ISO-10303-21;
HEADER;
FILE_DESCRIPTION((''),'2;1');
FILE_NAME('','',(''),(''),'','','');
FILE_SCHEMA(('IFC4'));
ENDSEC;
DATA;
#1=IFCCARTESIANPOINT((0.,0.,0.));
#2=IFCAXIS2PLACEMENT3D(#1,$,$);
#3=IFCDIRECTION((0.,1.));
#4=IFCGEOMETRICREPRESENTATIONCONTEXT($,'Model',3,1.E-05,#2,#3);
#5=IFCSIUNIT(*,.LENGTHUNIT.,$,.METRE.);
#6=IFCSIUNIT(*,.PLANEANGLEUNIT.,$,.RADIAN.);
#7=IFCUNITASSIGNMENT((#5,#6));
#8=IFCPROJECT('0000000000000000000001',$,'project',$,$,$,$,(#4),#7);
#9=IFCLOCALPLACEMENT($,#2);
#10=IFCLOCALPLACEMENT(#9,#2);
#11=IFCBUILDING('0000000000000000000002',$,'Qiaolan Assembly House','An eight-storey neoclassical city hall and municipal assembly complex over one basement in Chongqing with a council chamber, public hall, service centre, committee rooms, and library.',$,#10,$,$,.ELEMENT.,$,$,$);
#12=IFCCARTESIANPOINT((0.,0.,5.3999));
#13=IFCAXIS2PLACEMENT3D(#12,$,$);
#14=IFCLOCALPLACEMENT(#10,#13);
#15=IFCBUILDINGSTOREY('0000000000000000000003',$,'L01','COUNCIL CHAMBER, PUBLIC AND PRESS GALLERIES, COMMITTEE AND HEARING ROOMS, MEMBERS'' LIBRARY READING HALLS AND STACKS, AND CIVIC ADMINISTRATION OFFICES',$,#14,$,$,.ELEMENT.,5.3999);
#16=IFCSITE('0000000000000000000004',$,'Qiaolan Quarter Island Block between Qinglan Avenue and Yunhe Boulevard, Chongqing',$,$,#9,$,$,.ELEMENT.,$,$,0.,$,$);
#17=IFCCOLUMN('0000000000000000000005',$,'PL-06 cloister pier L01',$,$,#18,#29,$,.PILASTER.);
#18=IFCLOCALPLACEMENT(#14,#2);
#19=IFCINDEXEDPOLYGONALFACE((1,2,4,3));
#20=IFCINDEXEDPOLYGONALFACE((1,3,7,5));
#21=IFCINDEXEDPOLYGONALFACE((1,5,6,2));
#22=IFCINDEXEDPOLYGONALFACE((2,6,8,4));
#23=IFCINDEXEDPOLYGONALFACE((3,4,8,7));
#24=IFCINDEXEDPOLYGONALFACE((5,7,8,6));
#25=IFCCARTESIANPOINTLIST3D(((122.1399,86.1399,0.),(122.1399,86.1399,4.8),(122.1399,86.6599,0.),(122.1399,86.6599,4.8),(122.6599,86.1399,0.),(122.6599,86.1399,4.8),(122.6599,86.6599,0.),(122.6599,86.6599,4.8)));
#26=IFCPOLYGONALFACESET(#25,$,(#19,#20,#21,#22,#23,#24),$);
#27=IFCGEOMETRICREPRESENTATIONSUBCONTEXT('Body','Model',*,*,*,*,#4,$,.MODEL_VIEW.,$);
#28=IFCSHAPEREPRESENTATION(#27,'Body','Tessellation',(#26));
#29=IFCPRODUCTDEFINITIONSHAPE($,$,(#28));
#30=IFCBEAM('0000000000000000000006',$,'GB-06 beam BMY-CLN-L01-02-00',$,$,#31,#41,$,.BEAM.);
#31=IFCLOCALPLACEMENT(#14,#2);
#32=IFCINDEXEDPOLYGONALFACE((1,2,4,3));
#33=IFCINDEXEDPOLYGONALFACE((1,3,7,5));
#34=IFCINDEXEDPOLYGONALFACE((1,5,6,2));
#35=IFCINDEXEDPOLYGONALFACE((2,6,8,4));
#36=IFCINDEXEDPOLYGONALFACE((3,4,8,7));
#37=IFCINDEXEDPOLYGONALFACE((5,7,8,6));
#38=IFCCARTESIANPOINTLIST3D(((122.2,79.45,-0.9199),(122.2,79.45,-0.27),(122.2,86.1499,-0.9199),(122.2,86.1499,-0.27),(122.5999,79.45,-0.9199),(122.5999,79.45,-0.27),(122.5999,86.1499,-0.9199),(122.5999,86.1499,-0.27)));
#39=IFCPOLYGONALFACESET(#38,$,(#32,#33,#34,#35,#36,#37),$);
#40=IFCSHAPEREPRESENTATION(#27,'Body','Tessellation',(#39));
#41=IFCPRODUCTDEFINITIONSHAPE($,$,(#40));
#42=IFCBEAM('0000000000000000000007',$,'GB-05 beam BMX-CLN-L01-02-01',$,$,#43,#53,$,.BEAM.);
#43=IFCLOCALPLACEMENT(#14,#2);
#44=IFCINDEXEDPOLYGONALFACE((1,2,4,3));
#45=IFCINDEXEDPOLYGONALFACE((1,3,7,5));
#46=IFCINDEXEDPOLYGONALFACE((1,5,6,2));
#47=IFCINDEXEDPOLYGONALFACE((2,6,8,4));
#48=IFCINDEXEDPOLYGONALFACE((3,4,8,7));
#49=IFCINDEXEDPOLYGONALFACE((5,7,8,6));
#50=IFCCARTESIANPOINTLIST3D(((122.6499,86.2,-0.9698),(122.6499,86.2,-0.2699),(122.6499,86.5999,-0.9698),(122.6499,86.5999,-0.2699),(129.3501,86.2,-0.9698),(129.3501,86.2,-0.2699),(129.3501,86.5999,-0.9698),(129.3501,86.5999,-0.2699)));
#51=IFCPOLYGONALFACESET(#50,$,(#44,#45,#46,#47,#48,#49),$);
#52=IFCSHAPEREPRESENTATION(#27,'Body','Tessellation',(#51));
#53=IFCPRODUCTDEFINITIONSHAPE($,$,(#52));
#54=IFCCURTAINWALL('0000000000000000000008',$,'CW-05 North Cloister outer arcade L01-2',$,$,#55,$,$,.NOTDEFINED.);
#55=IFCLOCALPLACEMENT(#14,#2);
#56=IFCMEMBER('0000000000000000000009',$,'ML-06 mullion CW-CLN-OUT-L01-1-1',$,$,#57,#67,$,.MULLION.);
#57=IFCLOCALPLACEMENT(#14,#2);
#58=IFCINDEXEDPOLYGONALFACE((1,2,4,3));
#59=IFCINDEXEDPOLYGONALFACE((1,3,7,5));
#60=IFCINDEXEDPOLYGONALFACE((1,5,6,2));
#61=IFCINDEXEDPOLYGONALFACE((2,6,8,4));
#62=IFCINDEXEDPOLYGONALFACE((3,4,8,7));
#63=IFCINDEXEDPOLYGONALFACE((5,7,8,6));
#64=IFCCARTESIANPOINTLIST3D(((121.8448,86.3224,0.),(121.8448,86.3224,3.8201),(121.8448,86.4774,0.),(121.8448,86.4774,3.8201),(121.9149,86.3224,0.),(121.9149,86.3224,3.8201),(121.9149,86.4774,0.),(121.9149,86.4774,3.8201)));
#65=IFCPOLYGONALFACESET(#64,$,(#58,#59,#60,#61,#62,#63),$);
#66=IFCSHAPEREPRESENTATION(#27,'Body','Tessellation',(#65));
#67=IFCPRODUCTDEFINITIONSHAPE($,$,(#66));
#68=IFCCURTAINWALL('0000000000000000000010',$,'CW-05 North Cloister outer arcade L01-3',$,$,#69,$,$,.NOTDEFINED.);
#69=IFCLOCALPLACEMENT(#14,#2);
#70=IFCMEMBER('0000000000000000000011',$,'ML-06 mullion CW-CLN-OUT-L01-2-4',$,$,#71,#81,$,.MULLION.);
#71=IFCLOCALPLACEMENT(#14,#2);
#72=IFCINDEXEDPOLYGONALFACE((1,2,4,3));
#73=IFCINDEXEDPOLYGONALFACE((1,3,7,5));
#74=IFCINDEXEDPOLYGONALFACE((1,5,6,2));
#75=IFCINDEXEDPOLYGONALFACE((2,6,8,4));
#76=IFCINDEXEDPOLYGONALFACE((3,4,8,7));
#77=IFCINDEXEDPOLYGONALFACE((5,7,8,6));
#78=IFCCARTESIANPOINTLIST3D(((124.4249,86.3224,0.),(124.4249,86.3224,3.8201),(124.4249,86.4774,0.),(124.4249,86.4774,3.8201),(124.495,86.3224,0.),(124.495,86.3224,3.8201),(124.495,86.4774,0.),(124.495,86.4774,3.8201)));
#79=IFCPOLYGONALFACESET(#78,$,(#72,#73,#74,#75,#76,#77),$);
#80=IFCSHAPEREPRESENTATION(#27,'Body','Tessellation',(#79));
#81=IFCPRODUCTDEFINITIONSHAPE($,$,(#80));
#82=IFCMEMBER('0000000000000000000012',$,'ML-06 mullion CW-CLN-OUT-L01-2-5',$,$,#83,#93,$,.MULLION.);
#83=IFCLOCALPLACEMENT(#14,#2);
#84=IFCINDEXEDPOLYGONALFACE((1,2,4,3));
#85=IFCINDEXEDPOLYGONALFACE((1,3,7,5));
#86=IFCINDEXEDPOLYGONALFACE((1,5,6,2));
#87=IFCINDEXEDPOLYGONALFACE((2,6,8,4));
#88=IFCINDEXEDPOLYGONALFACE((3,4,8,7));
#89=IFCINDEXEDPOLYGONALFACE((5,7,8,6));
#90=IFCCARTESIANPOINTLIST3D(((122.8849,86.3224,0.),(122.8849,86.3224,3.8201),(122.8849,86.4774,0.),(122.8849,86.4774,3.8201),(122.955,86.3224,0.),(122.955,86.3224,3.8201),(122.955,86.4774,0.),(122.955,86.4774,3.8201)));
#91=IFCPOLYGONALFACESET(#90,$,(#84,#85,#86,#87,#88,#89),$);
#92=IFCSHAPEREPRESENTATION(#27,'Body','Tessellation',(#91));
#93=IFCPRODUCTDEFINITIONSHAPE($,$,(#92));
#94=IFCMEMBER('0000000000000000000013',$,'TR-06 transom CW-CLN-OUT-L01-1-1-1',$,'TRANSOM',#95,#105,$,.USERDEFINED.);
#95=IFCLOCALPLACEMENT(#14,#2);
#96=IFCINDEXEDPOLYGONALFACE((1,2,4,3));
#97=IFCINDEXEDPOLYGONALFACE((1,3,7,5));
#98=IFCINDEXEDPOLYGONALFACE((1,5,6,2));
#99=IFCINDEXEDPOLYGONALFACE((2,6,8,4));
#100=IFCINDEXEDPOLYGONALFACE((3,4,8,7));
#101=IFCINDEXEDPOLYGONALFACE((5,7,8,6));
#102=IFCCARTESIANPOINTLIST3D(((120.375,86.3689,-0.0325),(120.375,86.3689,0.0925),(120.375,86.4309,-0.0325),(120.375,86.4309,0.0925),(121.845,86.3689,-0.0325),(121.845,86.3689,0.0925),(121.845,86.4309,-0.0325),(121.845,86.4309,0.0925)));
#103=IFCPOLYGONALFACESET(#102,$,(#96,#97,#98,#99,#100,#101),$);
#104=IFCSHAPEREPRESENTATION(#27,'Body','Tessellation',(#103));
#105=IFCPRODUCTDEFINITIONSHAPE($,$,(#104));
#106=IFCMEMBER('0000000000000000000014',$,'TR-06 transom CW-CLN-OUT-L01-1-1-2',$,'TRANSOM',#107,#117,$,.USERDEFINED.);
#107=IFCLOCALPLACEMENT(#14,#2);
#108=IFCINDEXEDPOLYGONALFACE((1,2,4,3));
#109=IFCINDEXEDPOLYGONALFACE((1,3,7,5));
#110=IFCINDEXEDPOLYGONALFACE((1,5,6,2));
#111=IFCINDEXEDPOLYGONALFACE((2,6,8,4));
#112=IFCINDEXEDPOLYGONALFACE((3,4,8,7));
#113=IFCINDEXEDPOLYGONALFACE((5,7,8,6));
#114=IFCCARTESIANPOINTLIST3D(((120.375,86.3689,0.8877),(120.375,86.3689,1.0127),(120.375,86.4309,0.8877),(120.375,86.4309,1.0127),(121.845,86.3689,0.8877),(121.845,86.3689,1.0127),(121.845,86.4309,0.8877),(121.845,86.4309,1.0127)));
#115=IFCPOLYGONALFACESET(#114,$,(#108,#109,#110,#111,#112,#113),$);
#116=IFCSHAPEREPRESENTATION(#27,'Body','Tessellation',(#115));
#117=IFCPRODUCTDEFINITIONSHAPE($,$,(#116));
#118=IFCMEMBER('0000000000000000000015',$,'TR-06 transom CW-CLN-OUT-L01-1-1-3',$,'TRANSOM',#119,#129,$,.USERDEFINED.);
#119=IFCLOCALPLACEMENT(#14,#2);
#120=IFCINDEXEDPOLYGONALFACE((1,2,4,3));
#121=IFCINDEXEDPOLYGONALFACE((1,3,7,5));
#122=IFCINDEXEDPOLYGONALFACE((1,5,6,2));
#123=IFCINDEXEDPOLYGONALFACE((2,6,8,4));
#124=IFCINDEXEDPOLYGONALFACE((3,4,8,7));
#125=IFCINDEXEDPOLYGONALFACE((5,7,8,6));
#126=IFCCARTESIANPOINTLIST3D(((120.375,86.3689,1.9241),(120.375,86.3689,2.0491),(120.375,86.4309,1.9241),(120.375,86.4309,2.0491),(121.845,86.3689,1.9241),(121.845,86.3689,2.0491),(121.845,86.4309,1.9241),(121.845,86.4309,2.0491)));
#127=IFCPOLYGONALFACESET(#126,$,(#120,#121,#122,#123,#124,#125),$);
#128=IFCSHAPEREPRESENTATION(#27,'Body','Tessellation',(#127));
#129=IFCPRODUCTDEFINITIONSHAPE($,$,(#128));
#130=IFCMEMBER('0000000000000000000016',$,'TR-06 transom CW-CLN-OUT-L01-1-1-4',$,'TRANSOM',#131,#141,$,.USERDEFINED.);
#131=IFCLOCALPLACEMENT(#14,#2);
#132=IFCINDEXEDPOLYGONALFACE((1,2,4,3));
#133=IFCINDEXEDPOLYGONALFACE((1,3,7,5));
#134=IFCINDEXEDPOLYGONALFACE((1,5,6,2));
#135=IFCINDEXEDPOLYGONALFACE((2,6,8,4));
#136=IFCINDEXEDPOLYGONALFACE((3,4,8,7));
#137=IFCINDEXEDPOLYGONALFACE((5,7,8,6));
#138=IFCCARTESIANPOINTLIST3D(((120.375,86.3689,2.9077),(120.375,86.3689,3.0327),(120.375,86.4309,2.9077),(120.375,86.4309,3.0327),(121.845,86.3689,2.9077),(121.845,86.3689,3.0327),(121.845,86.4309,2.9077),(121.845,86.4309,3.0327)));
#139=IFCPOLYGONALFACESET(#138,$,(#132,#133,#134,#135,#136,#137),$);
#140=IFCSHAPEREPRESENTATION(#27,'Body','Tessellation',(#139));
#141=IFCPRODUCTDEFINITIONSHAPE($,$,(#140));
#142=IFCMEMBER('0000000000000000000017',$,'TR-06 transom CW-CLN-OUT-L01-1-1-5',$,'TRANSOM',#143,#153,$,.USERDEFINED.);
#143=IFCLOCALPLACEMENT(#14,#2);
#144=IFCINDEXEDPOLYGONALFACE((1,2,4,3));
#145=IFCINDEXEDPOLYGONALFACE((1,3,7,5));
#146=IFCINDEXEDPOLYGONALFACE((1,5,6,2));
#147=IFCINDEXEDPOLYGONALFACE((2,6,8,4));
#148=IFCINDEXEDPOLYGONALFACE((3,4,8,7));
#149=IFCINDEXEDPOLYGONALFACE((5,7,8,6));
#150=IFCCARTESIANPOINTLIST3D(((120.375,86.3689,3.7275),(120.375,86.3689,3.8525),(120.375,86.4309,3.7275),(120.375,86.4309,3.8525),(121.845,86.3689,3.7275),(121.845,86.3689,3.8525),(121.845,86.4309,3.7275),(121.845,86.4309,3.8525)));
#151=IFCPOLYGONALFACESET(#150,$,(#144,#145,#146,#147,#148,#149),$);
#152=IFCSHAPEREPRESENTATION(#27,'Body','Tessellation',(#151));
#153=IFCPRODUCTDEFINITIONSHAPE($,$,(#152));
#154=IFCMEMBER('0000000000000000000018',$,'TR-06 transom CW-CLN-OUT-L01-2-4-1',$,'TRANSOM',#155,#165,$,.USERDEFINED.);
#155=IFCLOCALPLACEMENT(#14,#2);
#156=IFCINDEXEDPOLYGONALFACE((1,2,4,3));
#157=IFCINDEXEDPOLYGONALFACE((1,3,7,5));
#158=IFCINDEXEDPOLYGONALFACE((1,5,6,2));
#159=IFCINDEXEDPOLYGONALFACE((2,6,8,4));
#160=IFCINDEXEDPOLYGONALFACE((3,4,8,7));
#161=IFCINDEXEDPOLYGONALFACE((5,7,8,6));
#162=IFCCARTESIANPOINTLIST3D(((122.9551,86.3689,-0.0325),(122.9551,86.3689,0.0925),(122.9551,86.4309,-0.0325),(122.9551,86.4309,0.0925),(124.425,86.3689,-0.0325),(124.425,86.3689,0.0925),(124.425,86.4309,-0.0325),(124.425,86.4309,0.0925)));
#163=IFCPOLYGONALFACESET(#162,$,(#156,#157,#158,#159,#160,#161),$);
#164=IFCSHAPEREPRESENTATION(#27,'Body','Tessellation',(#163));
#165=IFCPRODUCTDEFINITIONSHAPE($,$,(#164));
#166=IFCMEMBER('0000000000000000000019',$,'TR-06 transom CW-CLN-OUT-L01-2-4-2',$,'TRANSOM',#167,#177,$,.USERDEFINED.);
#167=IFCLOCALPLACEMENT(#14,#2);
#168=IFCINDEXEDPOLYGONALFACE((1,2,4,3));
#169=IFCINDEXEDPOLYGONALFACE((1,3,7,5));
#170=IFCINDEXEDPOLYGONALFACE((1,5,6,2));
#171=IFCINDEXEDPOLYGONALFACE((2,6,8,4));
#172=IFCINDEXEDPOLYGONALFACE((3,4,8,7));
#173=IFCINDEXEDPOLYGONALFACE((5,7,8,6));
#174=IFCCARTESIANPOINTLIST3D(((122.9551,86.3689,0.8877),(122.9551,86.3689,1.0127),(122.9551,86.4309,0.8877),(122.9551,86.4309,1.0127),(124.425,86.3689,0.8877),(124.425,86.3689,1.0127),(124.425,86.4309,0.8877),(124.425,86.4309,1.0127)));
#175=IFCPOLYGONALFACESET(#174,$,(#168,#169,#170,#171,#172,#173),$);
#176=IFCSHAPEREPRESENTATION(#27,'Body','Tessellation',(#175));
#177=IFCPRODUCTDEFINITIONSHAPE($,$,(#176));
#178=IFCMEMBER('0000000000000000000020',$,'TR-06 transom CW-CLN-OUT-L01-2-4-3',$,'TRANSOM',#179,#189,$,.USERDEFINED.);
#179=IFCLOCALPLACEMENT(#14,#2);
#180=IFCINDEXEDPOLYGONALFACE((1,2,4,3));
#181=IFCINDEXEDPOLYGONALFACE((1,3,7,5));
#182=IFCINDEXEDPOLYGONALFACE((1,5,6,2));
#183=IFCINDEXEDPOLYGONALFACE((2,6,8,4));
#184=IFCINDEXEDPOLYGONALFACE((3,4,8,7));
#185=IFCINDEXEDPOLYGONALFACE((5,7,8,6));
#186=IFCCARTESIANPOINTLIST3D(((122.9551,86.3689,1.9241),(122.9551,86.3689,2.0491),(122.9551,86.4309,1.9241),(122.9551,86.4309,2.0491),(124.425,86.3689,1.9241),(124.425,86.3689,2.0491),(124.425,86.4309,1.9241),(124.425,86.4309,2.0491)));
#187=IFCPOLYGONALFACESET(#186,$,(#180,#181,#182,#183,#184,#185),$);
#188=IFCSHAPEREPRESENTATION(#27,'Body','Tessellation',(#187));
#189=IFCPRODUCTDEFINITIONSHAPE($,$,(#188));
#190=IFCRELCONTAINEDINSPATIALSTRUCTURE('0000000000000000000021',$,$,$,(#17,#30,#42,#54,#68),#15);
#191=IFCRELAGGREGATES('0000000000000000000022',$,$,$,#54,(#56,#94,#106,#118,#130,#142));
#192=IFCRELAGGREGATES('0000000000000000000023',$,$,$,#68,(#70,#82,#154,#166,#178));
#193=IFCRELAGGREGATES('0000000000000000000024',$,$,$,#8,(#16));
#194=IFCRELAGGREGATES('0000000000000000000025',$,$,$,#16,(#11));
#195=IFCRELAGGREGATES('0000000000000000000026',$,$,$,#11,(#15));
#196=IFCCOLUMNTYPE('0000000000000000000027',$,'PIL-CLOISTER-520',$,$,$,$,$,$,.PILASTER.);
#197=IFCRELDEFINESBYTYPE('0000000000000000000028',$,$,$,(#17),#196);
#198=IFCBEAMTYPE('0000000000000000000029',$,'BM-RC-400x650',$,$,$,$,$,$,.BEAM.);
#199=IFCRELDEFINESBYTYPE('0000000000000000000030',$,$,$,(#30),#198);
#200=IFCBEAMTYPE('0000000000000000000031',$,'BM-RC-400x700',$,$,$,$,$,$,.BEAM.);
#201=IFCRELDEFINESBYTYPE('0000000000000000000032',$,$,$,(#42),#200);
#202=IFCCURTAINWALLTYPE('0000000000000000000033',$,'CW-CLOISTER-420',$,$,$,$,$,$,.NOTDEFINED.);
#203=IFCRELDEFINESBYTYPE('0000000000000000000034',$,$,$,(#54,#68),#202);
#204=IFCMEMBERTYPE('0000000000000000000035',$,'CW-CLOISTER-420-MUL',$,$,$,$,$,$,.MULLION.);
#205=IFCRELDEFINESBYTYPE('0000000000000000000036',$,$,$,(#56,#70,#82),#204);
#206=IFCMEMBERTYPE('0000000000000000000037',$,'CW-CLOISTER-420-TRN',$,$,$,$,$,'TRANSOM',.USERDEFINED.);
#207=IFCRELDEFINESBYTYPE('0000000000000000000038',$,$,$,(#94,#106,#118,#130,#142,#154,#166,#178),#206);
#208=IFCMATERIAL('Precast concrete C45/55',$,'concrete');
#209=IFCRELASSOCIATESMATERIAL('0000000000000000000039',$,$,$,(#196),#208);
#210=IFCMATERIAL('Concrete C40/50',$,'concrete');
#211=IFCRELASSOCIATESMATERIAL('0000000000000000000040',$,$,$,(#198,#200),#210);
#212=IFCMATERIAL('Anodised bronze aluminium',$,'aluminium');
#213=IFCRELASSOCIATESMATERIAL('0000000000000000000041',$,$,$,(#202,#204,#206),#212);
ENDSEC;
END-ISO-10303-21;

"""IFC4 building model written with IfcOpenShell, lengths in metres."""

from ifc_helpers import new_model, si_unit, direction, frame, origin, origin_2d, place, context, subcontext, project, spatial, rectangle, extrude, material, material_profile, profile_set, type_object, element, aggregate, save


model = new_model("IFC4")

# Units and contexts
model_context = context("Model", 3, precision=1e-05, world=origin(), true_north=direction((0.0, 1.0)))
body_context = subcontext(model_context, "Body", "Model", "MODEL_VIEW")
ifc_project = project(units=[si_unit("LENGTHUNIT", "METRE"), si_unit("PLANEANGLEUNIT", "RADIAN")], contexts=[model_context])

# Site, building, storey
site_placement = place(None, origin())
site = spatial("IfcSite", under=ifc_project, at=site_placement, Name="Qiaolan Quarter Island Block between Qinglan Avenue and Yunhe Boulevard, Chongqing", CompositionType="ELEMENT", RefElevation=0.0)
building_placement = place(site_placement, origin())
building = spatial("IfcBuilding", under=site, at=building_placement, Name="Qiaolan Assembly House", Description="An eight-storey neoclassical city hall and municipal assembly complex over one basement in Chongqing with a council chamber, public hall, service centre, committee rooms, and library.", CompositionType="ELEMENT")
storey_placement = place(building_placement, frame((0.0, 0.0, 5.3999)))
storey = spatial("IfcBuildingStorey", under=building, at=storey_placement, Name="L01", Description="COUNCIL CHAMBER, PUBLIC AND PRESS GALLERIES, COMMITTEE AND HEARING ROOMS, MEMBERS' LIBRARY READING HALLS AND STACKS, AND CIVIC ADMINISTRATION OFFICES", CompositionType="ELEMENT", Elevation=5.3999)

# Column
ifc_material_1 = material(Name="Precast concrete C45/55", Category="concrete")
ifc_material_profile_1 = material_profile(ifc_material_1, rectangle(XDim=0.52, YDim=0.52, at=origin_2d()), Name="PIL 520x520")
ifc_profile_set_1 = profile_set([ifc_material_profile_1], Name="Precast concrete C45/55")
column_type = type_object("IfcColumnType", Name="PIL-CLOISTER-520", PredefinedType="PILASTER", material=ifc_profile_set_1)
column_placement = place(storey_placement, frame((122.3999, 86.3999, 0.0), z_axis=(0.0, 0.0, 1.0), x_axis=(1.0, 0.0, 0.0)))
element("IfcColumn", 1, at=column_placement, inside=storey, type_object=column_type, Name="PL-06 cloister pier L01", PredefinedType="PILASTER", context=body_context, shape_type="SweptSolid", body=[
    extrude(rectangle(XDim=0.52, YDim=0.52, at=origin_2d()), origin(), (0.0, 0.0, 1.0), 4.8),
])

# Beams
ifc_material_2 = material(Name="Concrete C40/50", Category="concrete")
ifc_material_profile_2 = material_profile(ifc_material_2, rectangle(XDim=0.3999, YDim=0.6499, at=origin_2d()), Name="RCB 400x650")
ifc_profile_set_2 = profile_set([ifc_material_profile_2], Name="Concrete C40/50")
beam_type_1 = type_object("IfcBeamType", Name="BM-RC-400x650", PredefinedType="BEAM", material=ifc_profile_set_2)
beam_1_placement = place(storey_placement, frame((122.3999, 79.45, -0.595), z_axis=(0.0, 1.0, 0.0), x_axis=(-1.0, 0.0, 0.0)))
element("IfcBeam", 2, at=beam_1_placement, inside=storey, type_object=beam_type_1, Name="GB-06 beam BMY-CLN-L01-02-00", PredefinedType="BEAM", context=body_context, shape_type="SweptSolid", body=[
    extrude(rectangle(XDim=0.3999, YDim=0.6499, at=origin_2d()), origin(), (0.0, 0.0, 1.0), 6.7),
])
ifc_material_profile_3 = material_profile(ifc_material_2, rectangle(XDim=0.3999, YDim=0.7, at=origin_2d()), Name="RCB 400x700")
ifc_profile_set_3 = profile_set([ifc_material_profile_3], Name="Concrete C40/50")
beam_type_2 = type_object("IfcBeamType", Name="BM-RC-400x700", PredefinedType="BEAM", material=ifc_profile_set_3)
beam_2_placement = place(storey_placement, frame((122.6499, 86.3999, -0.6199), z_axis=(1.0, 0.0, 0.0), x_axis=(0.0, 1.0, 0.0)))
element("IfcBeam", 3, at=beam_2_placement, inside=storey, type_object=beam_type_2, Name="GB-05 beam BMX-CLN-L01-02-01", PredefinedType="BEAM", context=body_context, shape_type="SweptSolid", body=[
    extrude(rectangle(XDim=0.3999, YDim=0.7, at=origin_2d()), origin(), (0.0, 0.0, 1.0), 6.7002),
])

# Curtain wall, member
ifc_material_3 = material(Name="Anodised bronze aluminium", Category="aluminium")
curtain_wall_type = type_object("IfcCurtainWallType", Name="CW-CLOISTER-420", PredefinedType="NOTDEFINED", material=ifc_material_3)
curtain_wall_1_placement = place(storey_placement, origin())
curtain_wall_1 = element("IfcCurtainWall", 4, at=curtain_wall_1_placement, inside=storey, type_object=curtain_wall_type, Name="CW-05 North Cloister outer arcade L01-2", PredefinedType="NOTDEFINED")
ifc_material_profile_4 = material_profile(ifc_material_3, rectangle(XDim=0.0701, YDim=0.155, at=origin_2d()), Name="MUL 70x155")
ifc_profile_set_4 = profile_set([ifc_material_profile_4], Name="Anodised bronze aluminium")
member_type_1 = type_object("IfcMemberType", Name="CW-CLOISTER-420-MUL", PredefinedType="MULLION", material=ifc_profile_set_4)
member_1_placement = place(storey_placement, frame((121.8799, 86.3999, 0.0), z_axis=(0.0, 0.0, 1.0), x_axis=(-1.0, 0.0, 0.0)))
member_1 = element("IfcMember", 5, at=member_1_placement, type_object=member_type_1, Name="ML-06 mullion CW-CLN-OUT-L01-1-1", PredefinedType="MULLION", context=body_context, shape_type="SweptSolid", body=[
    extrude(rectangle(XDim=0.0701, YDim=0.155, at=origin_2d()), origin(), (0.0, 0.0, 1.0), 3.8201),
])

# Curtain wall, members
curtain_wall_2_placement = place(storey_placement, origin())
curtain_wall_2 = element("IfcCurtainWall", 6, at=curtain_wall_2_placement, inside=storey, type_object=curtain_wall_type, Name="CW-05 North Cloister outer arcade L01-3", PredefinedType="NOTDEFINED")
member_2_placement = place(storey_placement, frame((124.46, 86.3999, 0.0), z_axis=(0.0, 0.0, 1.0), x_axis=(-1.0, 0.0, 0.0)))
member_2 = element("IfcMember", 7, at=member_2_placement, type_object=member_type_1, Name="ML-06 mullion CW-CLN-OUT-L01-2-4", PredefinedType="MULLION", context=body_context, shape_type="SweptSolid", body=[
    extrude(rectangle(XDim=0.0701, YDim=0.155, at=origin_2d()), origin(), (0.0, 0.0, 1.0), 3.8201),
])
member_3_placement = place(storey_placement, frame((122.9199, 86.3999, 0.0), z_axis=(0.0, 0.0, 1.0), x_axis=(-1.0, 0.0, 0.0)))
member_3 = element("IfcMember", 8, at=member_3_placement, type_object=member_type_1, Name="ML-06 mullion CW-CLN-OUT-L01-2-5", PredefinedType="MULLION", context=body_context, shape_type="SweptSolid", body=[
    extrude(rectangle(XDim=0.0701, YDim=0.155, at=origin_2d()), origin(), (0.0, 0.0, 1.0), 3.8201),
])

# Members
ifc_material_profile_5 = material_profile(ifc_material_3, rectangle(XDim=0.062, YDim=0.125, at=origin_2d()), Name="TRN 62x125")
ifc_profile_set_5 = profile_set([ifc_material_profile_5], Name="Anodised bronze aluminium")
member_type_2 = type_object("IfcMemberType", Name="CW-CLOISTER-420-TRN", ElementType="TRANSOM", PredefinedType="USERDEFINED", material=ifc_profile_set_5)
member_4_placement = place(storey_placement, frame((121.845, 86.3999, 0.03), z_axis=(-1.0, 0.0, 0.0), x_axis=(0.0, -1.0, 0.0)))
member_4 = element("IfcMember", 9, at=member_4_placement, type_object=member_type_2, Name="TR-06 transom CW-CLN-OUT-L01-1-1-1", ObjectType="TRANSOM", PredefinedType="USERDEFINED", context=body_context, shape_type="SweptSolid", body=[
    extrude(rectangle(XDim=0.062, YDim=0.125, at=origin_2d()), origin(), (0.0, 0.0, 1.0), 1.47),
])
member_5_placement = place(storey_placement, frame((121.845, 86.3999, 0.9502), z_axis=(-1.0, 0.0, 0.0), x_axis=(0.0, -1.0, 0.0)))
member_5 = element("IfcMember", 10, at=member_5_placement, type_object=member_type_2, Name="TR-06 transom CW-CLN-OUT-L01-1-1-2", ObjectType="TRANSOM", PredefinedType="USERDEFINED", context=body_context, shape_type="SweptSolid", body=[
    extrude(rectangle(XDim=0.062, YDim=0.125, at=origin_2d()), origin(), (0.0, 0.0, 1.0), 1.47),
])
member_6_placement = place(storey_placement, frame((121.845, 86.3999, 1.9866), z_axis=(-1.0, 0.0, 0.0), x_axis=(0.0, -1.0, 0.0)))
member_6 = element("IfcMember", 11, at=member_6_placement, type_object=member_type_2, Name="TR-06 transom CW-CLN-OUT-L01-1-1-3", ObjectType="TRANSOM", PredefinedType="USERDEFINED", context=body_context, shape_type="SweptSolid", body=[
    extrude(rectangle(XDim=0.062, YDim=0.125, at=origin_2d()), origin(), (0.0, 0.0, 1.0), 1.47),
])
member_7_placement = place(storey_placement, frame((121.845, 86.3999, 2.9702), z_axis=(-1.0, 0.0, 0.0), x_axis=(0.0, -1.0, 0.0)))
member_7 = element("IfcMember", 12, at=member_7_placement, type_object=member_type_2, Name="TR-06 transom CW-CLN-OUT-L01-1-1-4", ObjectType="TRANSOM", PredefinedType="USERDEFINED", context=body_context, shape_type="SweptSolid", body=[
    extrude(rectangle(XDim=0.062, YDim=0.125, at=origin_2d()), origin(), (0.0, 0.0, 1.0), 1.47),
])
member_8_placement = place(storey_placement, frame((121.845, 86.3999, 3.79), z_axis=(-1.0, 0.0, 0.0), x_axis=(0.0, -1.0, 0.0)))
member_8 = element("IfcMember", 13, at=member_8_placement, type_object=member_type_2, Name="TR-06 transom CW-CLN-OUT-L01-1-1-5", ObjectType="TRANSOM", PredefinedType="USERDEFINED", context=body_context, shape_type="SweptSolid", body=[
    extrude(rectangle(XDim=0.062, YDim=0.125, at=origin_2d()), origin(), (0.0, 0.0, 1.0), 1.47),
])
member_9_placement = place(storey_placement, frame((124.425, 86.3999, 0.03), z_axis=(-1.0, 0.0, 0.0), x_axis=(0.0, -1.0, 0.0)))
member_9 = element("IfcMember", 14, at=member_9_placement, type_object=member_type_2, Name="TR-06 transom CW-CLN-OUT-L01-2-4-1", ObjectType="TRANSOM", PredefinedType="USERDEFINED", context=body_context, shape_type="SweptSolid", body=[
    extrude(rectangle(XDim=0.062, YDim=0.125, at=origin_2d()), origin(), (0.0, 0.0, 1.0), 1.47),
])
member_10_placement = place(storey_placement, frame((124.425, 86.3999, 0.9502), z_axis=(-1.0, 0.0, 0.0), x_axis=(0.0, -1.0, 0.0)))
member_10 = element("IfcMember", 15, at=member_10_placement, type_object=member_type_2, Name="TR-06 transom CW-CLN-OUT-L01-2-4-2", ObjectType="TRANSOM", PredefinedType="USERDEFINED", context=body_context, shape_type="SweptSolid", body=[
    extrude(rectangle(XDim=0.062, YDim=0.125, at=origin_2d()), origin(), (0.0, 0.0, 1.0), 1.47),
])
member_11_placement = place(storey_placement, frame((124.425, 86.3999, 1.9866), z_axis=(-1.0, 0.0, 0.0), x_axis=(0.0, -1.0, 0.0)))
member_11 = element("IfcMember", 16, at=member_11_placement, type_object=member_type_2, Name="TR-06 transom CW-CLN-OUT-L01-2-4-3", ObjectType="TRANSOM", PredefinedType="USERDEFINED", context=body_context, shape_type="SweptSolid", body=[
    extrude(rectangle(XDim=0.062, YDim=0.125, at=origin_2d()), origin(), (0.0, 0.0, 1.0), 1.47),
])

aggregate(curtain_wall_1, [member_1, member_4, member_5, member_6, member_7, member_8])
aggregate(curtain_wall_2, [member_2, member_3, member_9, member_10, member_11])

save(model, "model.ifc")
